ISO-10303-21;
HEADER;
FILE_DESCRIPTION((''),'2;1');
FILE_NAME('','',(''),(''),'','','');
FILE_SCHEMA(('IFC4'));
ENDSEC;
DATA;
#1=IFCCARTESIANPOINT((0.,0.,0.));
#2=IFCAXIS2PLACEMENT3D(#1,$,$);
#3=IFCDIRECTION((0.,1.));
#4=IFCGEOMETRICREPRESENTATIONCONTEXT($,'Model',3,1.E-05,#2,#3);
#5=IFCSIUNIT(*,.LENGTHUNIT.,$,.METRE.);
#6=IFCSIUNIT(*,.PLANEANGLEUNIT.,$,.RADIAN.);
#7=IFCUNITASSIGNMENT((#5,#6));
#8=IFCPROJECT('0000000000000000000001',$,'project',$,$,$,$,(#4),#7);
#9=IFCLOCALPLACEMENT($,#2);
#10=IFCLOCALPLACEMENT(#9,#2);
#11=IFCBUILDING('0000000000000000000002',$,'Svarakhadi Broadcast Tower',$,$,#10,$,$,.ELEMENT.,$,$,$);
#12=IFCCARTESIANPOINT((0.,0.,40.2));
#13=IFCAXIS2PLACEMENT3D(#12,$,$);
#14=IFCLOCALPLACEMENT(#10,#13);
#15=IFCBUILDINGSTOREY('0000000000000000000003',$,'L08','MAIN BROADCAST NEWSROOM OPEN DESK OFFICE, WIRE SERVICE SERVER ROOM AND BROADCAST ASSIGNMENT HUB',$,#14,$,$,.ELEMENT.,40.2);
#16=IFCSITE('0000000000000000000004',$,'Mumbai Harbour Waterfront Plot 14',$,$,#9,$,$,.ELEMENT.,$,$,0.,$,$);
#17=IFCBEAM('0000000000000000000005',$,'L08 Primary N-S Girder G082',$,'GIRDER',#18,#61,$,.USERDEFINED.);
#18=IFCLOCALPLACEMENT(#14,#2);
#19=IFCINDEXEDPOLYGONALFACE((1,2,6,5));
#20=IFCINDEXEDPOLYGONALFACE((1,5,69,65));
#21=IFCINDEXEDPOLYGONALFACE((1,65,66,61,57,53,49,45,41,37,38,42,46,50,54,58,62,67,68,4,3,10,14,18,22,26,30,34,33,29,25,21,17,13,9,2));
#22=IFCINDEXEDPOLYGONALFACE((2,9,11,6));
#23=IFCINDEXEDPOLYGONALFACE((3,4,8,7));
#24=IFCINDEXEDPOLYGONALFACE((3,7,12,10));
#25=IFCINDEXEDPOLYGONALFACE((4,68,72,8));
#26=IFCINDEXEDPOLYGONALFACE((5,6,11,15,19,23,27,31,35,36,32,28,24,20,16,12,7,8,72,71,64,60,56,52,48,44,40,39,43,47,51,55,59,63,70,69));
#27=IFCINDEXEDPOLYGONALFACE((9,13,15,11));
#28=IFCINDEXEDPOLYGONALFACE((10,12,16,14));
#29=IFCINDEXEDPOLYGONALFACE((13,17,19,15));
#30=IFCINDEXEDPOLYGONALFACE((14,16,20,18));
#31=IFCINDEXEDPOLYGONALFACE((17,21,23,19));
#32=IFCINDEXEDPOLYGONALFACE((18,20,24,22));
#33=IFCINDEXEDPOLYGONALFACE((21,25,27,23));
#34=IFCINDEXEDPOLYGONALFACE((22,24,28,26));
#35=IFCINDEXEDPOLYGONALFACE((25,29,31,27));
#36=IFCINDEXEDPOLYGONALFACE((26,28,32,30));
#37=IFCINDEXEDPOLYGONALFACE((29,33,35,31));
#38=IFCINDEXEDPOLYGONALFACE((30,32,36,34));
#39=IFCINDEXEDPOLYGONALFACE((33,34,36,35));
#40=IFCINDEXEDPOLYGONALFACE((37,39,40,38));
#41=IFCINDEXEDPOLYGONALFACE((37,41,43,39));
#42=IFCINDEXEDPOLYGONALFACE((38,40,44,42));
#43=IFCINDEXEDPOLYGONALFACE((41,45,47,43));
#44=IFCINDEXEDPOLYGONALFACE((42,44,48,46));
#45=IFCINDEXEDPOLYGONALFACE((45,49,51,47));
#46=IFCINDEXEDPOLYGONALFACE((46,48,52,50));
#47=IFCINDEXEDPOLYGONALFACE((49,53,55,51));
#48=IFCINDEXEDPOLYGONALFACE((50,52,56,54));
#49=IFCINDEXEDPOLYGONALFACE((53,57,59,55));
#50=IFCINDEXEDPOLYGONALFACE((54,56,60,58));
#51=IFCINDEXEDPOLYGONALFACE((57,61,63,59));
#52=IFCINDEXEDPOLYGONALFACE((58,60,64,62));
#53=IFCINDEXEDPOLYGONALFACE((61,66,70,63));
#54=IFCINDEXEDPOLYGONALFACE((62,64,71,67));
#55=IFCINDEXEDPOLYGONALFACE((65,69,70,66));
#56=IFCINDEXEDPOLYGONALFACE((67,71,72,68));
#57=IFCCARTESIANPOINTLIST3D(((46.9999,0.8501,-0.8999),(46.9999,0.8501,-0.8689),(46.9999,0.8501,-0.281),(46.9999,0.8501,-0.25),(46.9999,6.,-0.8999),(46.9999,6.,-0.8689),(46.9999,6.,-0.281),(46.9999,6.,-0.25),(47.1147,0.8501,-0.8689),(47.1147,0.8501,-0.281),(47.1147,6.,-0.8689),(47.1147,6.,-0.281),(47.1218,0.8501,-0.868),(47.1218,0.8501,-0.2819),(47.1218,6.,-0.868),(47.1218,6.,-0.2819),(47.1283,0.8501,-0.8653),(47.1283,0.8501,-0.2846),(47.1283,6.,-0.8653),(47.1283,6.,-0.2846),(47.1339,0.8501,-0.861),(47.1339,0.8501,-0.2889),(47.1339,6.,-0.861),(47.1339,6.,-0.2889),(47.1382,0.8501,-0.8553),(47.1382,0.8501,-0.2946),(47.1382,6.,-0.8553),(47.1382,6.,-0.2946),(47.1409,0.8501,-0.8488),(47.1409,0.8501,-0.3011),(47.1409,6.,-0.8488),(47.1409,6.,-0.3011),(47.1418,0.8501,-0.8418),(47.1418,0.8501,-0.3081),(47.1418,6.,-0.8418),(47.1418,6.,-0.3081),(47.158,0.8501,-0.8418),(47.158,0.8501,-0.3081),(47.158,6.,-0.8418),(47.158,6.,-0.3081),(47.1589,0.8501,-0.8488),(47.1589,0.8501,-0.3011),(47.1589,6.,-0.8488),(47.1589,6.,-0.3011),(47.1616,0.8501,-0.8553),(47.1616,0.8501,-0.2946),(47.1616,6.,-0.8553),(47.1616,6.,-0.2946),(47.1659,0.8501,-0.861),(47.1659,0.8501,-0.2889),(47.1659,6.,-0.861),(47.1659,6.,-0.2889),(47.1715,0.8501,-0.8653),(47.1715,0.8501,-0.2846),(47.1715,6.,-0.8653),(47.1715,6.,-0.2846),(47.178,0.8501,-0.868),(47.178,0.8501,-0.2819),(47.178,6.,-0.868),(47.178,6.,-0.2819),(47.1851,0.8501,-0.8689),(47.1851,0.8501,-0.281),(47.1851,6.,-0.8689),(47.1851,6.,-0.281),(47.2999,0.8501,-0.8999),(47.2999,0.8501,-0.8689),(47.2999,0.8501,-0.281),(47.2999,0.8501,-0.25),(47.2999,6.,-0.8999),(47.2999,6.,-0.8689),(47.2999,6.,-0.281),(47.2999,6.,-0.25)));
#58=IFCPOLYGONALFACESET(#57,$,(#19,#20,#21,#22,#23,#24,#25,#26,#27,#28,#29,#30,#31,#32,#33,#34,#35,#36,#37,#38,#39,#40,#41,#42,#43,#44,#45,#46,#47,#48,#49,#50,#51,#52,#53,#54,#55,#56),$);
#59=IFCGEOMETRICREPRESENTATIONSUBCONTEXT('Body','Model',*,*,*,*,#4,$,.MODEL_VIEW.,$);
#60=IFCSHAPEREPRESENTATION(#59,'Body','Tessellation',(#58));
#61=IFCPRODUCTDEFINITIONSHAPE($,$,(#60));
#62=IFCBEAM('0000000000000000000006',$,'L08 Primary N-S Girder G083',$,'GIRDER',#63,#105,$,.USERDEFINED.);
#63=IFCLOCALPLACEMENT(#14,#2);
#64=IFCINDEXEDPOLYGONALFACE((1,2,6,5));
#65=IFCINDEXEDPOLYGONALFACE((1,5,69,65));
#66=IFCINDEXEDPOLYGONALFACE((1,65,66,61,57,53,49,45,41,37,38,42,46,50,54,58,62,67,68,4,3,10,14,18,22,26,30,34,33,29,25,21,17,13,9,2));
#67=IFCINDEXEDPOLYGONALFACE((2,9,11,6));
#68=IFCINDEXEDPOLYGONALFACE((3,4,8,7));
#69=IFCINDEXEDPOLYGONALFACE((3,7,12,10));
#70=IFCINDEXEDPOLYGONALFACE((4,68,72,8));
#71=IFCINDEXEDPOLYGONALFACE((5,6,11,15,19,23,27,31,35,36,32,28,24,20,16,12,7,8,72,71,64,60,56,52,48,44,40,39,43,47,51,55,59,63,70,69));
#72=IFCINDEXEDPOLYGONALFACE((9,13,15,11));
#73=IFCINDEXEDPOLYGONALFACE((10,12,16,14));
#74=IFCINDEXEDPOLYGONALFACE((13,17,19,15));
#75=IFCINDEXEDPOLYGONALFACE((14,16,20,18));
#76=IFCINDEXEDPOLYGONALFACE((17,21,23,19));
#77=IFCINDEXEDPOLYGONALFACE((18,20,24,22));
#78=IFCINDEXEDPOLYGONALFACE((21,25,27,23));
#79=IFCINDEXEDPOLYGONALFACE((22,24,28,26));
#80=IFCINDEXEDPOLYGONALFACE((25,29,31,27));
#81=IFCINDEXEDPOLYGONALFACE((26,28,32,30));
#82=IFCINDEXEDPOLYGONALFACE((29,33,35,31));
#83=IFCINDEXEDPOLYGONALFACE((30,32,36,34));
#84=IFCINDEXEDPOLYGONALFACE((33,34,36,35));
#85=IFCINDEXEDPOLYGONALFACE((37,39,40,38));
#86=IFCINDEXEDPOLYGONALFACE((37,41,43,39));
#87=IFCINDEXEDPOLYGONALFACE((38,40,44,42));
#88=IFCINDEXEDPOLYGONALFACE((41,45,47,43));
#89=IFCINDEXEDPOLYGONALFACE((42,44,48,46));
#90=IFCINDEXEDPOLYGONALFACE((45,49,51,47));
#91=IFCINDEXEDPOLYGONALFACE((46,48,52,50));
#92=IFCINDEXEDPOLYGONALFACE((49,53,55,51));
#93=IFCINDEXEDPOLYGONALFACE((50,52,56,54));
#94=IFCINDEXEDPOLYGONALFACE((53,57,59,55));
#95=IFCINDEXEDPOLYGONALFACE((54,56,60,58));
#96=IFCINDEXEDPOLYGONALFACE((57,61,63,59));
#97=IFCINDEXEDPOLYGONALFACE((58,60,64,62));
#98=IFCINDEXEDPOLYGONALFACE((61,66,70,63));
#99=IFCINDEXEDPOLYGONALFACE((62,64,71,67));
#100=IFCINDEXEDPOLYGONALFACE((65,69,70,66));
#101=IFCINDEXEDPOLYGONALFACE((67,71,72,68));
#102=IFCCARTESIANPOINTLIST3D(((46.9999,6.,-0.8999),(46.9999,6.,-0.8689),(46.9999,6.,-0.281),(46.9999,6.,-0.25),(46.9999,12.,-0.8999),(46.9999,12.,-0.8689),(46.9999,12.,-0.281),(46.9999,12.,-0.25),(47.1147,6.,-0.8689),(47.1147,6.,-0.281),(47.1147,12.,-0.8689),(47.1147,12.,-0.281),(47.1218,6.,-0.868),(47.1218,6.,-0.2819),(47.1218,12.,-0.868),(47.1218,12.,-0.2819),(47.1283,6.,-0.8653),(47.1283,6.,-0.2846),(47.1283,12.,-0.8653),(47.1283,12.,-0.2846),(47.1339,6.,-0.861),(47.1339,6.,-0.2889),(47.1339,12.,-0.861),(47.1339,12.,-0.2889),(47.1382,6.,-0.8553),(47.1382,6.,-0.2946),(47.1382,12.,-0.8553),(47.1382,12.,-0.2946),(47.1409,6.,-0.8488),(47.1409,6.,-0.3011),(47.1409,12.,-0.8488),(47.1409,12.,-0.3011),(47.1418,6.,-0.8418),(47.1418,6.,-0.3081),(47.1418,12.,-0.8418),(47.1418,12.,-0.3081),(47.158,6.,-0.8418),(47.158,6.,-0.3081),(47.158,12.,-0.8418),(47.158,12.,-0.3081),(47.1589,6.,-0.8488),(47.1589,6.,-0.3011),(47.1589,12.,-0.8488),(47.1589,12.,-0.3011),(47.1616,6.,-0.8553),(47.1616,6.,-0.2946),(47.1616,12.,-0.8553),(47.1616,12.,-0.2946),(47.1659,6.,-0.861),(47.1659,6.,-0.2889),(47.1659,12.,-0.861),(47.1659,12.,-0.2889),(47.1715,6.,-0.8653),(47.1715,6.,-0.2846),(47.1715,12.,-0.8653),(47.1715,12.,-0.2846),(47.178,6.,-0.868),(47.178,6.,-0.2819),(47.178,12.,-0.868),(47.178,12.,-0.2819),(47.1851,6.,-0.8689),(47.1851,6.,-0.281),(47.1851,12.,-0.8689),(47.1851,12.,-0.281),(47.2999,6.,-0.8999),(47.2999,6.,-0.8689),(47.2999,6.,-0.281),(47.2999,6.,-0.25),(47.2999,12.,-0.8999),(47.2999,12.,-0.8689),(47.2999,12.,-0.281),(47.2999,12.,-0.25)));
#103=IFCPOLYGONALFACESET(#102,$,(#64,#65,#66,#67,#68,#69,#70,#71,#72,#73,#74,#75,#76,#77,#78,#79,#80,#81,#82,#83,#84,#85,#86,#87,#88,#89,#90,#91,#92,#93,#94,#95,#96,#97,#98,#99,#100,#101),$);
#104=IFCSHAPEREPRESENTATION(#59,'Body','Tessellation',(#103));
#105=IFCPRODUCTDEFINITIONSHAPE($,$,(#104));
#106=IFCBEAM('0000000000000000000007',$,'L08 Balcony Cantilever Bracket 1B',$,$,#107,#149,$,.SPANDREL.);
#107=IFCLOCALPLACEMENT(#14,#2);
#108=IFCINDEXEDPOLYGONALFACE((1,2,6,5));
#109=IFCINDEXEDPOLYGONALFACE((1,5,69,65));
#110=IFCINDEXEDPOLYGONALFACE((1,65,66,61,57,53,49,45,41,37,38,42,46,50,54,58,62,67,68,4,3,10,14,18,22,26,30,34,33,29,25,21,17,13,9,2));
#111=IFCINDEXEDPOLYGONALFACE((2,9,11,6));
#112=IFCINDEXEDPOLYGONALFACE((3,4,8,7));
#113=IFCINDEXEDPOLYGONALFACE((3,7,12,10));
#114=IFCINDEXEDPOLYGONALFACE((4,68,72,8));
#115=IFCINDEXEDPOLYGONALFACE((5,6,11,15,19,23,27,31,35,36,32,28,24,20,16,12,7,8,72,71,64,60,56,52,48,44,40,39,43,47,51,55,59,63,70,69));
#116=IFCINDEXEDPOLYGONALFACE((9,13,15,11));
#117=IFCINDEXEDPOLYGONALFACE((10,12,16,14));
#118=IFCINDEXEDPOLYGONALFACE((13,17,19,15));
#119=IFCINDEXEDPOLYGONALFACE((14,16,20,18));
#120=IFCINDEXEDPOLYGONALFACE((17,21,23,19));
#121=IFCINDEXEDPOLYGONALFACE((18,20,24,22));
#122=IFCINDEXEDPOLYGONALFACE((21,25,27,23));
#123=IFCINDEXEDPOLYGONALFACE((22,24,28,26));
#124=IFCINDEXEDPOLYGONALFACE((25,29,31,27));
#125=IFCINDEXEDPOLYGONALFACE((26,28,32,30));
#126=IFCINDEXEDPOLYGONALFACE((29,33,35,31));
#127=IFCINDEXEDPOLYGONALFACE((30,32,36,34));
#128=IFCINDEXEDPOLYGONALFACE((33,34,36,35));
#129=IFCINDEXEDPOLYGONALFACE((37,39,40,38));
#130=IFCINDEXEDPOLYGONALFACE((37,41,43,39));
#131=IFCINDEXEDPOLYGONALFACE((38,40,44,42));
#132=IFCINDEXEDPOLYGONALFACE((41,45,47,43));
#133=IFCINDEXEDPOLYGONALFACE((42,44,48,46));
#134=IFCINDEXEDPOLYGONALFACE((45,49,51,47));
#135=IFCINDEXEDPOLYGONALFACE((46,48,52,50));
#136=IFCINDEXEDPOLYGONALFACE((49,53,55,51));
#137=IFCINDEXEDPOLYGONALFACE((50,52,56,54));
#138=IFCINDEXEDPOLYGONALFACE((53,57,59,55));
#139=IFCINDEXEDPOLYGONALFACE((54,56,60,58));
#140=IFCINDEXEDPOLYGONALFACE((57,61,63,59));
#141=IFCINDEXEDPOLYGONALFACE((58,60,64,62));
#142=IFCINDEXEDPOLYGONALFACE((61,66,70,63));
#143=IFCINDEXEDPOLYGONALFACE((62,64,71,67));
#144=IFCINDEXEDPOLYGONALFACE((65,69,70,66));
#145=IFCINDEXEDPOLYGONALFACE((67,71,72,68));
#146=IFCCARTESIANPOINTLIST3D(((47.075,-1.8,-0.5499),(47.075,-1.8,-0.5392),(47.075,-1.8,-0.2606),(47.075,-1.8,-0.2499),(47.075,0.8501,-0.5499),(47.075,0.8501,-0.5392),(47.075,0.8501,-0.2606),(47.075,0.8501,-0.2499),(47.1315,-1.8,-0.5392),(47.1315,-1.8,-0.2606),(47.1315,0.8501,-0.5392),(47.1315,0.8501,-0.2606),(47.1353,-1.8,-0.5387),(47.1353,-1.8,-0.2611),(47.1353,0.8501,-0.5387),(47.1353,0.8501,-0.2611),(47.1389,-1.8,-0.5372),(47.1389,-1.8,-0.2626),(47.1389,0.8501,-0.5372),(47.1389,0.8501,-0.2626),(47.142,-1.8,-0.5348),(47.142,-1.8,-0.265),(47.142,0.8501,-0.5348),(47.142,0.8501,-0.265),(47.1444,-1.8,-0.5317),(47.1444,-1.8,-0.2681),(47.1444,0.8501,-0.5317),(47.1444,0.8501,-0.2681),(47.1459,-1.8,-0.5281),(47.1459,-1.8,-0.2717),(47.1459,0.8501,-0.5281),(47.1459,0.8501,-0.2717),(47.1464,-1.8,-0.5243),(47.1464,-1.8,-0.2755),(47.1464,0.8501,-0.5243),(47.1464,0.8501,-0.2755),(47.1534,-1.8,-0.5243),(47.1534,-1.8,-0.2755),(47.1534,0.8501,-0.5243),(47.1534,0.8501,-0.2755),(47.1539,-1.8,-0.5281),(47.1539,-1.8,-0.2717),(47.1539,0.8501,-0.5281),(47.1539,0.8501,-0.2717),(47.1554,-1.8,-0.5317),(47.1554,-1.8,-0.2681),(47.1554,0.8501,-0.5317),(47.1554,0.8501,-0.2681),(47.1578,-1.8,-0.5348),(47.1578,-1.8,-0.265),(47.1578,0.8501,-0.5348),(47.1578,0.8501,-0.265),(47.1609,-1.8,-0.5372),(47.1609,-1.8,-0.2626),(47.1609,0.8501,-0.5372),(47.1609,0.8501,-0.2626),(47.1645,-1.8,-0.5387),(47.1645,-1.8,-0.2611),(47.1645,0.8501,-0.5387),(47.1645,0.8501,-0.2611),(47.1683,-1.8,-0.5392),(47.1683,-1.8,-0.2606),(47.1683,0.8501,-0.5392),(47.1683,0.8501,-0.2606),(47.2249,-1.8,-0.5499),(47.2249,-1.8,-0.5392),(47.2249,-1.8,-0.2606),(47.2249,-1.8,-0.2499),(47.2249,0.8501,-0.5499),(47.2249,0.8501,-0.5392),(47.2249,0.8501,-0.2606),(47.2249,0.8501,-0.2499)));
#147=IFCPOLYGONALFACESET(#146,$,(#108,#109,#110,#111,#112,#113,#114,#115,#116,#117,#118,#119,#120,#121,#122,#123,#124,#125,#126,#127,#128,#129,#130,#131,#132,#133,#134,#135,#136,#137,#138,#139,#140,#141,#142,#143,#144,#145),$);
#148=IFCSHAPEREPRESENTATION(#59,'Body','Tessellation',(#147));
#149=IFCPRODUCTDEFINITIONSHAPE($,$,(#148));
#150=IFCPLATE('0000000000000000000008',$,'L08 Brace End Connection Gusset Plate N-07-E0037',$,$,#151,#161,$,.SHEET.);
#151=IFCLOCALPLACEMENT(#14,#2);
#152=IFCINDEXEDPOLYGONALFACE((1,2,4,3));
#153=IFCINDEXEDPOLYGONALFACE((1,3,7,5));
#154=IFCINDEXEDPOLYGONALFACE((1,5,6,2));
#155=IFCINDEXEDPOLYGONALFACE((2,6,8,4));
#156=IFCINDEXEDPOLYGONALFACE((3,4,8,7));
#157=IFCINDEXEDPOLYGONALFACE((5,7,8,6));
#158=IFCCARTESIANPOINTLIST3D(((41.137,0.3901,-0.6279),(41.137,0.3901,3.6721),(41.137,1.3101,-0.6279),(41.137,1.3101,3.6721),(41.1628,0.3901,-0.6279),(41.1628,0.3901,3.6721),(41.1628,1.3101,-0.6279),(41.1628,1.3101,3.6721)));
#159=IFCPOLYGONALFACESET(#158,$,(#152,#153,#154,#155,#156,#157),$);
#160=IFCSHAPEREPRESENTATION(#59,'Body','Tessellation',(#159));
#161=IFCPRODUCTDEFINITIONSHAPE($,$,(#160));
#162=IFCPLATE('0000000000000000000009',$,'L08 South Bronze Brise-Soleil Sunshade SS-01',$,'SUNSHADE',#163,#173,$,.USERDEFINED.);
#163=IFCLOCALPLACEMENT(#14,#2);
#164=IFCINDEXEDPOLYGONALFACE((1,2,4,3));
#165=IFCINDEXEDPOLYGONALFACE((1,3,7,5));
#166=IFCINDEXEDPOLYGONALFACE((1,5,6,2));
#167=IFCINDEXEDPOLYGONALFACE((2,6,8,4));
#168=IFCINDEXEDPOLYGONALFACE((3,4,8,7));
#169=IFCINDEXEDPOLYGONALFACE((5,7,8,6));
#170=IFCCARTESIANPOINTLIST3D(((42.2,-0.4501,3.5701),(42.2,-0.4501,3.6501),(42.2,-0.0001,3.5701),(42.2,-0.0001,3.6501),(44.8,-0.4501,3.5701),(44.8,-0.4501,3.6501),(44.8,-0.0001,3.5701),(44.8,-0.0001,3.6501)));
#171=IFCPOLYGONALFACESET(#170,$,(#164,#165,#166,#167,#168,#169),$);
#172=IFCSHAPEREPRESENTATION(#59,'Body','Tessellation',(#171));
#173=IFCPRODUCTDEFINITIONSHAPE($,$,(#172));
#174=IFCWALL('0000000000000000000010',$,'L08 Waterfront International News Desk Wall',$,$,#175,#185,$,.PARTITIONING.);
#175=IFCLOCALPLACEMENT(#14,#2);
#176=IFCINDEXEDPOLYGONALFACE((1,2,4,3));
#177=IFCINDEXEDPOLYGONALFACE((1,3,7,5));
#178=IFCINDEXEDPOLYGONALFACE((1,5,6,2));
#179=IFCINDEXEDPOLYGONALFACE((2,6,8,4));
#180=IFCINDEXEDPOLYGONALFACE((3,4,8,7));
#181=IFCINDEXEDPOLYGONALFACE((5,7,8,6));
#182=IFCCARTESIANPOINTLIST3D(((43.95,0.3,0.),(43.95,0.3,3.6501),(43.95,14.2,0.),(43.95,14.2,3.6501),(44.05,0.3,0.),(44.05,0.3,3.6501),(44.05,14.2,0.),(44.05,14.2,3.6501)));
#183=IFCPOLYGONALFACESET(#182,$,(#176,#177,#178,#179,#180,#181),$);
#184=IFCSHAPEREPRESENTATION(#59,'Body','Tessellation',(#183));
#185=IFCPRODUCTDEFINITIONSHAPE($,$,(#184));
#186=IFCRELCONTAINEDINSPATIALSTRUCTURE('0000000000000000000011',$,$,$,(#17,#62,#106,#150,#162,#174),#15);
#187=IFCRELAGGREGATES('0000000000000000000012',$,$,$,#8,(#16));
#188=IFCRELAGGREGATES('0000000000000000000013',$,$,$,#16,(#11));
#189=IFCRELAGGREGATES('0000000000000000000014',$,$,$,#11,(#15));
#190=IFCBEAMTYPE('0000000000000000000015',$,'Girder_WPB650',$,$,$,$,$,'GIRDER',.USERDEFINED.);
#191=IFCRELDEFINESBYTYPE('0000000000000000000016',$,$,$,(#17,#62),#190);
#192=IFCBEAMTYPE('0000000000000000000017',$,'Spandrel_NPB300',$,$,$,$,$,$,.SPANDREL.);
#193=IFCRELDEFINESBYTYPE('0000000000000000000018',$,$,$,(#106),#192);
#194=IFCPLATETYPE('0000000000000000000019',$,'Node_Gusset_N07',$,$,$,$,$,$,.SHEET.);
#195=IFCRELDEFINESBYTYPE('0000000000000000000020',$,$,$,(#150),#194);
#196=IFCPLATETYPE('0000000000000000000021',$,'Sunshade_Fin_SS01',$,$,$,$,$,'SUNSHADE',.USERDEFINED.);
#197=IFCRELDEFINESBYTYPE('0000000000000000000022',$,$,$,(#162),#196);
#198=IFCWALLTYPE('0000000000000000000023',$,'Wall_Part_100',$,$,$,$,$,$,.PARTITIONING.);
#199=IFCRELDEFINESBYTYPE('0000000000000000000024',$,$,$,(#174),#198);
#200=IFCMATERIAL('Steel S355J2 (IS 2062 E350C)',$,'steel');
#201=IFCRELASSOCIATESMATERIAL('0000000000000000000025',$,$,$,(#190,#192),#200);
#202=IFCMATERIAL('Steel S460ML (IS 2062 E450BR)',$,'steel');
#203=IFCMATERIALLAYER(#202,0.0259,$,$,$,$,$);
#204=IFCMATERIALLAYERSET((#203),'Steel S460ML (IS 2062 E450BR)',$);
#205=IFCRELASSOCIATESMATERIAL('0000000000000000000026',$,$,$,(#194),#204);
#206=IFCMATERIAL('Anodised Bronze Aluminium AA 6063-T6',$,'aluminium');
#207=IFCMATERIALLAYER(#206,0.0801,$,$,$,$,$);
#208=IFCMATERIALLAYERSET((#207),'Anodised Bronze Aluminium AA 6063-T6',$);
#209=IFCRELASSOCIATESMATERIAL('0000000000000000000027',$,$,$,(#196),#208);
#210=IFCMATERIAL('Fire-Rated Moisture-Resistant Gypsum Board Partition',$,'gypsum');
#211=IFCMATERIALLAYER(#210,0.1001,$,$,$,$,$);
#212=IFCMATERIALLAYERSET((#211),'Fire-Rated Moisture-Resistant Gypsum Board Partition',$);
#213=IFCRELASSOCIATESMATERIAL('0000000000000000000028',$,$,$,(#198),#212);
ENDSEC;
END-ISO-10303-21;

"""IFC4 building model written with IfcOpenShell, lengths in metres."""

from ifc_helpers import new_model, si_unit, direction, frame, frame_2d, origin, origin_2d, place, context, subcontext, project, spatial, rectangle, i_section, extrude, material, layer, layer_set, material_profile, profile_set, type_object, element, save


model = new_model("IFC4")

# Units and contexts
model_context = context("Model", 3, precision=1e-05, world=origin(), true_north=direction((0.0, 1.0)))
body_context = subcontext(model_context, "Body", "Model", "MODEL_VIEW")
ifc_project = project(units=[si_unit("LENGTHUNIT", "METRE"), si_unit("PLANEANGLEUNIT", "RADIAN")], contexts=[model_context])

# Site, building, storey
site_placement = place(None, origin())
site = spatial("IfcSite", under=ifc_project, at=site_placement, Name="Mumbai Harbour Waterfront Plot 14", CompositionType="ELEMENT", RefElevation=0.0)
building_placement = place(site_placement, origin())
building = spatial("IfcBuilding", under=site, at=building_placement, Name="Svarakhadi Broadcast Tower", CompositionType="ELEMENT")
storey_placement = place(building_placement, frame((0.0, 0.0, 40.2)))
storey = spatial("IfcBuildingStorey", under=building, at=storey_placement, Name="L08", Description="MAIN BROADCAST NEWSROOM OPEN DESK OFFICE, WIRE SERVICE SERVER ROOM AND BROADCAST ASSIGNMENT HUB", CompositionType="ELEMENT", Elevation=40.2)

# Shared definitions
ifc_material_1 = material(Name="Steel S460ML (IS 2062 E450BR)", Category="steel")

# Beams
ifc_material_2 = material(Name="Steel S355J2 (IS 2062 E350C)", Category="steel")
ifc_material_profile_1 = material_profile(ifc_material_2, i_section(OverallWidth=0.3, OverallDepth=0.6499, WebThickness=0.0161, FlangeThickness=0.031, FilletRadius=0.0271, at=origin_2d()), Name="WPB 650x300x225")
ifc_profile_set_1 = profile_set([ifc_material_profile_1], Name="Steel S355J2 (IS 2062 E350C)")
beam_type_1 = type_object("IfcBeamType", Name="Girder_WPB650", ElementType="GIRDER", PredefinedType="USERDEFINED", material=ifc_profile_set_1)
beam_1_placement = place(storey_placement, frame((47.1499, 0.8501, -0.575), z_axis=(0.0, 1.0, 0.0), x_axis=(-1.0, 0.0, 0.0)))
element("IfcBeam", 1, at=beam_1_placement, inside=storey, type_object=beam_type_1, Name="L08 Primary N-S Girder G082", ObjectType="GIRDER", PredefinedType="USERDEFINED", context=body_context, shape_type="SweptSolid", body=[
    extrude(i_section(OverallWidth=0.3, OverallDepth=0.6499, WebThickness=0.0161, FlangeThickness=0.031, FilletRadius=0.0271, at=origin_2d()), origin(), (0.0, 0.0, 1.0), 5.1499),
])
beam_2_placement = place(storey_placement, frame((47.1499, 6.0, -0.575), z_axis=(0.0, 1.0, 0.0), x_axis=(-1.0, 0.0, 0.0)))
element("IfcBeam", 2, at=beam_2_placement, inside=storey, type_object=beam_type_1, Name="L08 Primary N-S Girder G083", ObjectType="GIRDER", PredefinedType="USERDEFINED", context=body_context, shape_type="SweptSolid", body=[
    extrude(i_section(OverallWidth=0.3, OverallDepth=0.6499, WebThickness=0.0161, FlangeThickness=0.031, FilletRadius=0.0271, at=origin_2d()), origin(), (0.0, 0.0, 1.0), 6.0),
])
ifc_material_profile_2 = material_profile(ifc_material_2, i_section(OverallWidth=0.1499, OverallDepth=0.3, WebThickness=0.0071, FlangeThickness=0.0107, FilletRadius=0.0149, at=origin_2d()), Name="NPB 300x150x37")
ifc_profile_set_2 = profile_set([ifc_material_profile_2], Name="Steel S355J2 (IS 2062 E350C)")
beam_type_2 = type_object("IfcBeamType", Name="Spandrel_NPB300", PredefinedType="SPANDREL", material=ifc_profile_set_2)
beam_3_placement = place(storey_placement, frame((47.1499, 0.8501, -0.3999), z_axis=(0.0, -1.0, 0.0), x_axis=(1.0, 0.0, 0.0)))
element("IfcBeam", 3, at=beam_3_placement, inside=storey, type_object=beam_type_2, Name="L08 Balcony Cantilever Bracket 1B", PredefinedType="SPANDREL", context=body_context, shape_type="SweptSolid", body=[
    extrude(i_section(OverallWidth=0.1499, OverallDepth=0.3, WebThickness=0.0071, FlangeThickness=0.0107, FilletRadius=0.0149, at=origin_2d()), origin(), (0.0, 0.0, 1.0), 2.6501),
])

# Plates
ifc_layer_1 = layer(ifc_material_1, 0.0259)
ifc_layer_set_1 = layer_set([ifc_layer_1], Name="Steel S460ML (IS 2062 E450BR)")
plate_type_1 = type_object("IfcPlateType", Name="Node_Gusset_N07", PredefinedType="SHEET", material=ifc_layer_set_1)
plate_1_placement = place(storey_placement, frame((41.1499, 0.8501, -0.6279), z_axis=(0.0, 0.0, 1.0), x_axis=(0.0, 1.0, 0.0)))
element("IfcPlate", 4, at=plate_1_placement, inside=storey, type_object=plate_type_1, Name="L08 Brace End Connection Gusset Plate N-07-E0037", PredefinedType="SHEET", context=body_context, shape_type="SweptSolid", body=[
    extrude(rectangle(XDim=0.9199, YDim=0.0259, at=origin_2d()), origin(), (0.0, 0.0, 1.0), 4.3),
])
ifc_material_3 = material(Name="Anodised Bronze Aluminium AA 6063-T6", Category="aluminium")
ifc_layer_2 = layer(ifc_material_3, 0.0801)
ifc_layer_set_2 = layer_set([ifc_layer_2], Name="Anodised Bronze Aluminium AA 6063-T6")
plate_type_2 = type_object("IfcPlateType", Name="Sunshade_Fin_SS01", ElementType="SUNSHADE", PredefinedType="USERDEFINED", material=ifc_layer_set_2)
plate_2_placement = place(storey_placement, frame((43.5, -0.2251, 3.5701), z_axis=(0.0, 0.0, 1.0), x_axis=(1.0, 0.0, 0.0)))
element("IfcPlate", 5, at=plate_2_placement, inside=storey, type_object=plate_type_2, Name="L08 South Bronze Brise-Soleil Sunshade SS-01", ObjectType="SUNSHADE", PredefinedType="USERDEFINED", context=body_context, shape_type="SweptSolid", body=[
    extrude(rectangle(XDim=2.6001, YDim=0.45, at=origin_2d()), origin(), (0.0, 0.0, 1.0), 0.0801),
])

# Wall
ifc_material_4 = material(Name="Fire-Rated Moisture-Resistant Gypsum Board Partition", Category="gypsum")
ifc_layer_3 = layer(ifc_material_4, 0.1001)
ifc_layer_set_3 = layer_set([ifc_layer_3], Name="Fire-Rated Moisture-Resistant Gypsum Board Partition")
wall_type = type_object("IfcWallType", Name="Wall_Part_100", PredefinedType="PARTITIONING", material=ifc_layer_set_3)
wall_placement = place(storey_placement, frame((44.0, 0.3, 0.0), z_axis=(0.0, 0.0, 1.0), x_axis=(0.0, 1.0, 0.0)))
element("IfcWall", 6, at=wall_placement, inside=storey, type_object=wall_type, Name="L08 Waterfront International News Desk Wall", PredefinedType="PARTITIONING", context=body_context, shape_type="SweptSolid", body=[
    extrude(rectangle(XDim=13.8999, YDim=0.1001, at=frame_2d((6.95, 0.0))), origin(), (0.0, 0.0, 1.0), 3.6501),
])

save(model, "model.ifc")
